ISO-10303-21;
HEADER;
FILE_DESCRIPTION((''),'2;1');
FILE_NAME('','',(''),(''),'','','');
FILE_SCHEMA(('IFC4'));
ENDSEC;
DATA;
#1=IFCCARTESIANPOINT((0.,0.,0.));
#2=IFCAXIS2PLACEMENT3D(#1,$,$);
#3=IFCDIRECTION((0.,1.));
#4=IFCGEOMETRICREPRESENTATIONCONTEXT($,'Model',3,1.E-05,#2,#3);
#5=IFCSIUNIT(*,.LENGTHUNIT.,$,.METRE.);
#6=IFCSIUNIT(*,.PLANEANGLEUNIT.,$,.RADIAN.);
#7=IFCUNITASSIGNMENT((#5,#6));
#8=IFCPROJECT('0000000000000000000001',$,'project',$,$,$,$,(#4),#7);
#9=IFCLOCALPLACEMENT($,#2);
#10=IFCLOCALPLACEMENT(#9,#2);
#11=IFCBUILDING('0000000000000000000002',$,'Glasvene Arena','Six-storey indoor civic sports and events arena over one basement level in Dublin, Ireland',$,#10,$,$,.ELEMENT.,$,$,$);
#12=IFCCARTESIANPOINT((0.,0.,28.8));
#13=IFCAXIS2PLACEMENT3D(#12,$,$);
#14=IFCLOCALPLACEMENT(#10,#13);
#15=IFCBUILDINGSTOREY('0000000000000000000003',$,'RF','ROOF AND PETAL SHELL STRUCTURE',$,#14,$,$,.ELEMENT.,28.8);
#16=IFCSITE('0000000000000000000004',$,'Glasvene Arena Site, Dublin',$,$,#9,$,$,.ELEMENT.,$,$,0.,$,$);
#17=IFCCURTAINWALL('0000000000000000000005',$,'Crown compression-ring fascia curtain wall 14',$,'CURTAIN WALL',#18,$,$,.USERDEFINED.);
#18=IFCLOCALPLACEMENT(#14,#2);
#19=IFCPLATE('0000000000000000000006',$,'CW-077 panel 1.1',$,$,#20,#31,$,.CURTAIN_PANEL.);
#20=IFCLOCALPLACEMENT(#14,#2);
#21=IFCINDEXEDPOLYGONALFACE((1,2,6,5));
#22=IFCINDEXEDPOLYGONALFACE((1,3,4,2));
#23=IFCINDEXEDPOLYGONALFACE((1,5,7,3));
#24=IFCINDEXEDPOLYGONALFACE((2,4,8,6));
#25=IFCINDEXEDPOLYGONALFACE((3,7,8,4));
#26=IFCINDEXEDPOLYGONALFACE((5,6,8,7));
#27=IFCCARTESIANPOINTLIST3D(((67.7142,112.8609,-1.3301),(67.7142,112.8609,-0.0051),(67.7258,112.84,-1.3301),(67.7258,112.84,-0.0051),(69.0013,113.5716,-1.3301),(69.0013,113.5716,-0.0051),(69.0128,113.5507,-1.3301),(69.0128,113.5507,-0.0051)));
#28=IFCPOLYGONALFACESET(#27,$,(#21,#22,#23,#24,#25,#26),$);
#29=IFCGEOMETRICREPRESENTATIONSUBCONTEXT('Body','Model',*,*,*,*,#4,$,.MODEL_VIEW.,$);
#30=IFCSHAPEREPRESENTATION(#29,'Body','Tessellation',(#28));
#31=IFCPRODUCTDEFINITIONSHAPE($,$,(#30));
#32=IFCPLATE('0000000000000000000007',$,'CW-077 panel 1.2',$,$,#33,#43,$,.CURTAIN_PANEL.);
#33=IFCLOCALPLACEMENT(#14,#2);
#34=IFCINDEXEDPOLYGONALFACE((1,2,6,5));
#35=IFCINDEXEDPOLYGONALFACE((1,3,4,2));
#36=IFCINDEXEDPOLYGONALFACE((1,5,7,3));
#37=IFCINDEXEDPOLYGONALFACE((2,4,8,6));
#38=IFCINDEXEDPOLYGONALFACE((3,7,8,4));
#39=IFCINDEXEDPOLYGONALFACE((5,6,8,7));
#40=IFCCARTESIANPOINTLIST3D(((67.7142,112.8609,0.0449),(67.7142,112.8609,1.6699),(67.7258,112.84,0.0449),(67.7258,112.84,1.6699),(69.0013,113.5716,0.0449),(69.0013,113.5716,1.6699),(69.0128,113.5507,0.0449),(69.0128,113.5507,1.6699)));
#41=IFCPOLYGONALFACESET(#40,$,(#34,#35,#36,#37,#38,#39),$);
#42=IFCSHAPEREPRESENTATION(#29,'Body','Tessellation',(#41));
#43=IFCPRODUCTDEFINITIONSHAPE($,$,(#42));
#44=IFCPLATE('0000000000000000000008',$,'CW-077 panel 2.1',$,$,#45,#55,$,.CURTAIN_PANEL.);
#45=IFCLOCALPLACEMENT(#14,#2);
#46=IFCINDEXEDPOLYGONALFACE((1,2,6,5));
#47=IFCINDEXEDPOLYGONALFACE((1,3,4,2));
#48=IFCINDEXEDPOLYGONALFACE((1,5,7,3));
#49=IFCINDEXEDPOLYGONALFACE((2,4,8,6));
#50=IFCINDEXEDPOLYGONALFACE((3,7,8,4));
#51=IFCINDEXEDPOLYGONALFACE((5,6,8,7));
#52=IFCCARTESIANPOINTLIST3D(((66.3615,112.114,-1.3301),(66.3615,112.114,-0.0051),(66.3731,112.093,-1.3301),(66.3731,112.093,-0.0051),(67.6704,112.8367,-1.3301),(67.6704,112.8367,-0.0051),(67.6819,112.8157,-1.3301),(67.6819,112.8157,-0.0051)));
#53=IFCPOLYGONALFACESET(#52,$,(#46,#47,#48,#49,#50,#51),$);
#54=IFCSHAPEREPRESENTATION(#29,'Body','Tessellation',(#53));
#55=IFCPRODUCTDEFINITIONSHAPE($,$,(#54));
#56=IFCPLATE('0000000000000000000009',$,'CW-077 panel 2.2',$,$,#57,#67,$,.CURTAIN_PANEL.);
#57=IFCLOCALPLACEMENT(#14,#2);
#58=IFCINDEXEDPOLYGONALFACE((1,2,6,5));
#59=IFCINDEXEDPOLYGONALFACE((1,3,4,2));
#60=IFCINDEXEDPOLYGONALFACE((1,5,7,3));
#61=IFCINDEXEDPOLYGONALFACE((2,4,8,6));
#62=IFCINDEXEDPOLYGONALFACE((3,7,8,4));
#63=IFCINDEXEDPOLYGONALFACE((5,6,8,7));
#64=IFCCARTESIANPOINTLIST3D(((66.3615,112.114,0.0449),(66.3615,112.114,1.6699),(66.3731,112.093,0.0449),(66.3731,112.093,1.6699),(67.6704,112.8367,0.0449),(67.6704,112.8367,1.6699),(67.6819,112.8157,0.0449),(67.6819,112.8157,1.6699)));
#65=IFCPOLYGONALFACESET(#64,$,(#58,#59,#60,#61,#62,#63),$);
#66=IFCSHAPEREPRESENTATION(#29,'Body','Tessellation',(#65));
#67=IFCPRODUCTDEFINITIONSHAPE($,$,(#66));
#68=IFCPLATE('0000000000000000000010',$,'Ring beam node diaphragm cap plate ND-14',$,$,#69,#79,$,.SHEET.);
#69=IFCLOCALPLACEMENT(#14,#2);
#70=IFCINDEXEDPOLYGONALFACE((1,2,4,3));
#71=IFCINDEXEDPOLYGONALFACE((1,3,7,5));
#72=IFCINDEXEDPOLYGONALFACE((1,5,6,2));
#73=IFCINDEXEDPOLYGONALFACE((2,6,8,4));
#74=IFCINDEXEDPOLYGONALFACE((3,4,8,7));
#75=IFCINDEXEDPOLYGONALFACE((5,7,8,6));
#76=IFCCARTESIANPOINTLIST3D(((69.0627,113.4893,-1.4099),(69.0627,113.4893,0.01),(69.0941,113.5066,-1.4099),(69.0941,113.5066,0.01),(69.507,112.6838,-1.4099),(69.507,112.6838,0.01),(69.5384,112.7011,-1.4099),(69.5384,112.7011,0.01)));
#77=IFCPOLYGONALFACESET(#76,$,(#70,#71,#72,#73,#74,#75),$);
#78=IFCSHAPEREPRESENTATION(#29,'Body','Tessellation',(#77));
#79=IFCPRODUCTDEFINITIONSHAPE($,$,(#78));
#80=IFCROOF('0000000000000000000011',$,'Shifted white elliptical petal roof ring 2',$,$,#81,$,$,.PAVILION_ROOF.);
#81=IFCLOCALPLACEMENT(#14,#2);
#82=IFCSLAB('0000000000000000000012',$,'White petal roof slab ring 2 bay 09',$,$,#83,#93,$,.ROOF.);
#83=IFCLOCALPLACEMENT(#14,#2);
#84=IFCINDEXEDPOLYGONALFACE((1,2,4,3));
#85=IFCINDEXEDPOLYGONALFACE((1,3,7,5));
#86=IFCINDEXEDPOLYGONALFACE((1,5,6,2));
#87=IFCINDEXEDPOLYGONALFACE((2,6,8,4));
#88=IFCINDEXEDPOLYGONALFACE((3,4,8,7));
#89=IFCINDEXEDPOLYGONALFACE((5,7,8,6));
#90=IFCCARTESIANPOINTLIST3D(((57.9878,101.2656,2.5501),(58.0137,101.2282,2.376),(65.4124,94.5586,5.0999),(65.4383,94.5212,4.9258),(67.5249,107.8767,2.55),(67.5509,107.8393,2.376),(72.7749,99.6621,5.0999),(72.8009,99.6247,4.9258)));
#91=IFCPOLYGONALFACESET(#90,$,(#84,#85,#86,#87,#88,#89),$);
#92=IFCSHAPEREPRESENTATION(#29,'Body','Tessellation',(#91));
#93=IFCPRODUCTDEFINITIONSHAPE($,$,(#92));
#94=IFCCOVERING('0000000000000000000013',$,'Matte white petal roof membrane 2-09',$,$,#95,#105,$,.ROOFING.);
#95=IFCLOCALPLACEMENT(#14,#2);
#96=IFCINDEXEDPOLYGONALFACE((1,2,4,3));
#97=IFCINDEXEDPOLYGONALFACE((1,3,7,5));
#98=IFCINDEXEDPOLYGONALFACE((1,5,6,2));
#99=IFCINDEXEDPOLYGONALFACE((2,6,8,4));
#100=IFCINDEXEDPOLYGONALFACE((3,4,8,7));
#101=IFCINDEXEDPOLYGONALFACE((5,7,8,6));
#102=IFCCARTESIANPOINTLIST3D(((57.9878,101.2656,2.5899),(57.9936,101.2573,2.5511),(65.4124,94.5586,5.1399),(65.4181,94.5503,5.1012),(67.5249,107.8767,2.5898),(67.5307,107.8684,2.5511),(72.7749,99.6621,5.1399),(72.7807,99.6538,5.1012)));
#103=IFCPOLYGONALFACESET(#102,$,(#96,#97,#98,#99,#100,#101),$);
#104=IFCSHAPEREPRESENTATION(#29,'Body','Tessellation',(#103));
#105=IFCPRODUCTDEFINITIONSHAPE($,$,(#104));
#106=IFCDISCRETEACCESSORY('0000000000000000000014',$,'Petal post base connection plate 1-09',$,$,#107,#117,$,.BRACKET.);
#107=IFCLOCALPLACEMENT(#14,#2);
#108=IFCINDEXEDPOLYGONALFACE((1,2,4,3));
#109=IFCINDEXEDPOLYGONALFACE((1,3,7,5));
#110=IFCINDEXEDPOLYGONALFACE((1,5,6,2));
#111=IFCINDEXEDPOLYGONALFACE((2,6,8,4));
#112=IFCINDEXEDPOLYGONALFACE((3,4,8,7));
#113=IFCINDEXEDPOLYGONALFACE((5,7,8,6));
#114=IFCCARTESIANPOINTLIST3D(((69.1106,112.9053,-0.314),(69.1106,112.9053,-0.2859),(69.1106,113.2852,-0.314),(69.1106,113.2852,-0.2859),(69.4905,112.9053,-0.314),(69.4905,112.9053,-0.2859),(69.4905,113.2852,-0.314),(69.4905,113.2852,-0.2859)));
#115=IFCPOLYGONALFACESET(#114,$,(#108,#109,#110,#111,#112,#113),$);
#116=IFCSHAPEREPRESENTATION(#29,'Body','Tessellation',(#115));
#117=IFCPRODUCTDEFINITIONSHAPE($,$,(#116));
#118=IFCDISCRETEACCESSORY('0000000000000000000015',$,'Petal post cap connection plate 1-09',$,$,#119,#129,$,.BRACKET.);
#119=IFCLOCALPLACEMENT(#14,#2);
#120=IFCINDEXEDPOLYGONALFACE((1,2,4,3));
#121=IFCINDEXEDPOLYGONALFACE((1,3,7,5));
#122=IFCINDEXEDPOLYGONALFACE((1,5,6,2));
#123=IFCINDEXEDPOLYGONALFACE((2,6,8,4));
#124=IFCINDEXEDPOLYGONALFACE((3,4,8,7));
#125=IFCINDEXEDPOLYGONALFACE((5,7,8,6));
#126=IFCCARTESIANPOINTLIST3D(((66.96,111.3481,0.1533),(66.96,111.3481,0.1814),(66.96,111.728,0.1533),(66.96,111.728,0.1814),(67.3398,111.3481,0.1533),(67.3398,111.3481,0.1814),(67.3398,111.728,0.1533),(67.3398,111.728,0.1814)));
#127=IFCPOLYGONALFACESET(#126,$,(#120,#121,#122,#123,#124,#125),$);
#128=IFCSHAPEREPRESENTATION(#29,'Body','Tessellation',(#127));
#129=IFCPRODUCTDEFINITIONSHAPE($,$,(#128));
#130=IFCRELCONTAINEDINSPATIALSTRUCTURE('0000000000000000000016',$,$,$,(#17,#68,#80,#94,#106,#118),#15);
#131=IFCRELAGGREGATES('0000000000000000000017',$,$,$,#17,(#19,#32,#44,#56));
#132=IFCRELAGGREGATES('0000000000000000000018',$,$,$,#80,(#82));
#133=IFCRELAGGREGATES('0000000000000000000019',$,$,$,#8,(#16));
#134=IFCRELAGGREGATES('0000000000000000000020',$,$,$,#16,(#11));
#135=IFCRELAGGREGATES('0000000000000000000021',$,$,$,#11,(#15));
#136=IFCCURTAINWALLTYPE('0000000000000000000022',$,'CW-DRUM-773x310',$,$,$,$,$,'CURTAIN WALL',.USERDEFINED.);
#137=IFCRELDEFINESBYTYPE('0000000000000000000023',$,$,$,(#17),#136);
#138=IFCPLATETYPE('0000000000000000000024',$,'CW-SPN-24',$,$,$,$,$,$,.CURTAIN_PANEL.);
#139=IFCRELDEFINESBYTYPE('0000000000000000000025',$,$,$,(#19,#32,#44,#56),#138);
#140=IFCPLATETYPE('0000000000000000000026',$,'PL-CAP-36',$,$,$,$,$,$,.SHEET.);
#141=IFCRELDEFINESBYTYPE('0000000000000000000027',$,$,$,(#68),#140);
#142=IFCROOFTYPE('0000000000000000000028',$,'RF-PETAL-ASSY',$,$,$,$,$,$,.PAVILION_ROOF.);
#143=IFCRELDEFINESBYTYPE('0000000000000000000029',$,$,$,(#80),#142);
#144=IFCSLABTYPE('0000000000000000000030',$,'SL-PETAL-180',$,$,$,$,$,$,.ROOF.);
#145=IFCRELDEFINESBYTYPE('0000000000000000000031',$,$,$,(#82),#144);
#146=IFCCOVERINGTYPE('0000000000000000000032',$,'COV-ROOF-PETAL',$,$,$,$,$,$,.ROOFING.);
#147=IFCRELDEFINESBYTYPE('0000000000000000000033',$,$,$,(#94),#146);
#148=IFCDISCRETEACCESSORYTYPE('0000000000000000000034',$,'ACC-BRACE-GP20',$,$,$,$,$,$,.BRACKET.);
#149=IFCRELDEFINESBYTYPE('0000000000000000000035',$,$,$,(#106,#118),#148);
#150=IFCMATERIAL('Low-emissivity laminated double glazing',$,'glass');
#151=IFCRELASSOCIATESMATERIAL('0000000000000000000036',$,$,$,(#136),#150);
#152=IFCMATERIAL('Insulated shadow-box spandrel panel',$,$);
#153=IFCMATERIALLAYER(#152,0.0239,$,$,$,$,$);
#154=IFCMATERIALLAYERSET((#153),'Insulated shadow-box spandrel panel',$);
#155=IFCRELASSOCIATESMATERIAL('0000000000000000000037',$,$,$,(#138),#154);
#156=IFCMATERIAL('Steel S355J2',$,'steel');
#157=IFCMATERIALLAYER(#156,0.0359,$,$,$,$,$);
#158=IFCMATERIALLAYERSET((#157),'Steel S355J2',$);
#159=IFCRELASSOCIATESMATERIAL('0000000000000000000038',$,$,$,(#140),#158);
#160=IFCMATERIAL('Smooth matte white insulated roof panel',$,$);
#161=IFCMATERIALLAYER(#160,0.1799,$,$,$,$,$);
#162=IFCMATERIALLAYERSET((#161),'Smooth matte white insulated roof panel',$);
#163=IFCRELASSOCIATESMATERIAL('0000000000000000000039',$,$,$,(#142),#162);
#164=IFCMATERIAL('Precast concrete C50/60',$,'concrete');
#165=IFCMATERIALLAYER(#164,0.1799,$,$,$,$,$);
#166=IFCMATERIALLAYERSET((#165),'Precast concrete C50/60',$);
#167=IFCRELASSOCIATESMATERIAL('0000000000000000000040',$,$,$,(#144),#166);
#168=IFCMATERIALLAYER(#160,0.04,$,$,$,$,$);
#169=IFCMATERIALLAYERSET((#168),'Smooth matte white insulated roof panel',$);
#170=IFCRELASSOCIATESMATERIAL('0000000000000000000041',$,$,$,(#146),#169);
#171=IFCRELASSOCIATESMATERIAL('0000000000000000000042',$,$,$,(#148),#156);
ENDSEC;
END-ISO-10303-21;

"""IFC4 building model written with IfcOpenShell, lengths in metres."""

from ifc_helpers import new_model, si_unit, direction, frame, origin, origin_2d, place, context, subcontext, project, spatial, polyline, rectangle, outline, extrude, material, layer, layer_set, type_object, element, aggregate, save


model = new_model("IFC4")

# Units and contexts
model_context = context("Model", 3, precision=1e-05, world=origin(), true_north=direction((0.0, 1.0)))
body_context = subcontext(model_context, "Body", "Model", "MODEL_VIEW")
ifc_project = project(units=[si_unit("LENGTHUNIT", "METRE"), si_unit("PLANEANGLEUNIT", "RADIAN")], contexts=[model_context])

# Site, building, storey
site_placement = place(None, origin())
site = spatial("IfcSite", under=ifc_project, at=site_placement, Name="Glasvene Arena Site, Dublin", CompositionType="ELEMENT", RefElevation=0.0)
building_placement = place(site_placement, origin())
building = spatial("IfcBuilding", under=site, at=building_placement, Name="Glasvene Arena", Description="Six-storey indoor civic sports and events arena over one basement level in Dublin, Ireland", CompositionType="ELEMENT")
storey_placement = place(building_placement, frame((0.0, 0.0, 28.8)))
storey = spatial("IfcBuildingStorey", under=building, at=storey_placement, Name="RF", Description="ROOF AND PETAL SHELL STRUCTURE", CompositionType="ELEMENT", Elevation=28.8)

# Shared definitions
ifc_material_1 = material(Name="Steel S355J2", Category="steel")

# Curtain wall
ifc_material_2 = material(Name="Low-emissivity laminated double glazing", Category="glass")
curtain_wall_type_1 = type_object("IfcCurtainWallType", Name="CW-DRUM-773x310", ElementType="CURTAIN WALL", PredefinedType="USERDEFINED", material=ifc_material_2)
curtain_wall_1_placement = place(storey_placement, frame((69.0508, 113.5852, 0.0)))
curtain_wall_1 = element("IfcCurtainWall", 1, at=curtain_wall_1_placement, inside=storey, type_object=curtain_wall_type_1, Name="Crown compression-ring fascia curtain wall 14", ObjectType="CURTAIN WALL", PredefinedType="USERDEFINED")

# Plates
ifc_material_3 = material(Name="Insulated shadow-box spandrel panel")
ifc_layer_1 = layer(ifc_material_3, 0.0239)
ifc_layer_set_1 = layer_set([ifc_layer_1], Name="Insulated shadow-box spandrel panel")
plate_type_1 = type_object("IfcPlateType", Name="CW-SPN-24", PredefinedType="CURTAIN_PANEL", material=ifc_layer_set_1)
plate_1_placement = place(storey_placement, frame((68.3635, 113.2058, -1.3301), z_axis=(0.0, 0.0, 1.0), x_axis=(-0.875407, -0.483387, 0.0)))
plate_1 = element("IfcPlate", 2, at=plate_1_placement, type_object=plate_type_1, Name="CW-077 panel 1.1", PredefinedType="CURTAIN_PANEL", context=body_context, shape_type="SweptSolid", body=[
    extrude(rectangle(XDim=1.4702, YDim=0.0239, at=origin_2d()), origin(), (0.0, 0.0, 1.0), 1.325),
])
plate_2_placement = place(storey_placement, frame((68.3635, 113.2058, 0.0449), z_axis=(0.0, 0.0, 1.0), x_axis=(-0.875407, -0.483387, 0.0)))
plate_2 = element("IfcPlate", 3, at=plate_2_placement, type_object=plate_type_1, Name="CW-077 panel 1.2", PredefinedType="CURTAIN_PANEL", context=body_context, shape_type="SweptSolid", body=[
    extrude(rectangle(XDim=1.4702, YDim=0.0239, at=origin_2d()), origin(), (0.0, 0.0, 1.0), 1.625),
])
plate_3_placement = place(storey_placement, frame((67.0217, 112.4648, -1.3301), z_axis=(0.0, 0.0, 1.0), x_axis=(-0.875407, -0.483387, 0.0)))
plate_3 = element("IfcPlate", 4, at=plate_3_placement, type_object=plate_type_1, Name="CW-077 panel 2.1", PredefinedType="CURTAIN_PANEL", context=body_context, shape_type="SweptSolid", body=[
    extrude(rectangle(XDim=1.4951, YDim=0.0239, at=origin_2d()), origin(), (0.0, 0.0, 1.0), 1.325),
])
plate_4_placement = place(storey_placement, frame((67.0217, 112.4648, 0.0449), z_axis=(0.0, 0.0, 1.0), x_axis=(-0.875407, -0.483387, 0.0)))
plate_4 = element("IfcPlate", 5, at=plate_4_placement, type_object=plate_type_1, Name="CW-077 panel 2.2", PredefinedType="CURTAIN_PANEL", context=body_context, shape_type="SweptSolid", body=[
    extrude(rectangle(XDim=1.4951, YDim=0.0239, at=origin_2d()), origin(), (0.0, 0.0, 1.0), 1.625),
])
aggregate(curtain_wall_1, [plate_1, plate_2, plate_3, plate_4])
ifc_layer_2 = layer(ifc_material_1, 0.0359)
ifc_layer_set_2 = layer_set([ifc_layer_2], Name="Steel S355J2")
plate_type_2 = type_object("IfcPlateType", Name="PL-CAP-36", PredefinedType="SHEET", material=ifc_layer_set_2)
plate_5_placement = place(storey_placement, frame((69.3005, 113.0952, -1.4099), z_axis=(0.0, 0.0, 1.0), x_axis=(-0.875633, -0.482977, 0.0)))
element("IfcPlate", 6, at=plate_5_placement, inside=storey, type_object=plate_type_2, Name="Ring beam node diaphragm cap plate ND-14", PredefinedType="SHEET", context=body_context, shape_type="SweptSolid", body=[
    extrude(rectangle(XDim=0.0359, YDim=0.9199, at=origin_2d()), origin(), (0.0, 0.0, 1.0), 1.4199),
])

# Roof, slab
ifc_material_4 = material(Name="Smooth matte white insulated roof panel")
ifc_layer_3 = layer(ifc_material_4, 0.1799)
ifc_layer_set_3 = layer_set([ifc_layer_3], Name="Smooth matte white insulated roof panel")
roof_type = type_object("IfcRoofType", Name="RF-PETAL-ASSY", PredefinedType="PAVILION_ROOF", material=ifc_layer_set_3)
roof_placement = place(storey_placement, frame((90.55, 71.8501, 2.55)))
roof = element("IfcRoof", 7, at=roof_placement, inside=storey, type_object=roof_type, Name="Shifted white elliptical petal roof ring 2", PredefinedType="PAVILION_ROOF")
ifc_material_5 = material(Name="Precast concrete C50/60", Category="concrete")
ifc_layer_4 = layer(ifc_material_5, 0.1799)
ifc_layer_set_4 = layer_set([ifc_layer_4], Name="Precast concrete C50/60")
slab_type = type_object("IfcSlabType", Name="SL-PETAL-180", PredefinedType="ROOF", material=ifc_layer_set_4)
slab_placement = place(storey_placement, frame((67.5249, 107.8767, 2.55), z_axis=(-0.144249, 0.208096, 0.967413), x_axis=(-0.821851, -0.569703, 0.000002)))
slab = element("IfcSlab", 8, at=slab_placement, type_object=slab_type, Name="White petal roof slab ring 2 bay 09", PredefinedType="ROOF", context=body_context, shape_type="SweptSolid", body=[
    extrude(outline(polyline([(0.0, 0.0), (11.6044, 0.0), (9.3236, 10.0701), (0.3652, 10.0703), (0.0, 0.0)])), origin(), (0.0, 0.0, -1.0), 0.1799),
])
aggregate(roof, [slab])

# Covering
ifc_layer_5 = layer(ifc_material_4, 0.04)
ifc_layer_set_5 = layer_set([ifc_layer_5], Name="Smooth matte white insulated roof panel")
covering_type = type_object("IfcCoveringType", Name="COV-ROOF-PETAL", PredefinedType="ROOFING", material=ifc_layer_set_5)
covering_placement = place(storey_placement, frame((67.5249, 107.8767, 2.5898), z_axis=(-0.144262, 0.208115, 0.967407), x_axis=(-0.821851, -0.569703, 0.000002)))
element("IfcCovering", 9, at=covering_placement, inside=storey, type_object=covering_type, Name="Matte white petal roof membrane 2-09", PredefinedType="ROOFING", context=body_context, shape_type="SweptSolid", body=[
    extrude(outline(polyline([(0.0, 0.0), (11.6044, 0.0), (9.3236, 10.0702), (0.3652, 10.0703), (0.0, 0.0)])), origin(), (0.0, 0.0, -1.0), 0.04),
])

# Discrete accessories
discrete_accessory_type = type_object("IfcDiscreteAccessoryType", Name="ACC-BRACE-GP20", PredefinedType="BRACKET", material=ifc_material_1)
for number, where, z_axis, x_axis, name in (
    (10, (69.3005, 113.0952, -0.314), (0.0, 0.0, 1.0), (1.0, 0.0, 0.0), "Petal post base connection plate 1-09"),
    (11, (67.1499, 111.5381, 0.1533), (0.0, 0.0, 1.0), (1.0, 0.0, 0.0), "Petal post cap connection plate 1-09"),
):
    element("IfcDiscreteAccessory", number, at=place(storey_placement, frame(where, z_axis=z_axis, x_axis=x_axis)), inside=storey, type_object=discrete_accessory_type, Name=name, PredefinedType="BRACKET", context=body_context, shape_type="SweptSolid", body=[
        extrude(rectangle(XDim=0.3799, YDim=0.3799, at=origin_2d()), origin(), (0.0, 0.0, 1.0), 0.0281),
    ])

save(model, "model.ifc")
